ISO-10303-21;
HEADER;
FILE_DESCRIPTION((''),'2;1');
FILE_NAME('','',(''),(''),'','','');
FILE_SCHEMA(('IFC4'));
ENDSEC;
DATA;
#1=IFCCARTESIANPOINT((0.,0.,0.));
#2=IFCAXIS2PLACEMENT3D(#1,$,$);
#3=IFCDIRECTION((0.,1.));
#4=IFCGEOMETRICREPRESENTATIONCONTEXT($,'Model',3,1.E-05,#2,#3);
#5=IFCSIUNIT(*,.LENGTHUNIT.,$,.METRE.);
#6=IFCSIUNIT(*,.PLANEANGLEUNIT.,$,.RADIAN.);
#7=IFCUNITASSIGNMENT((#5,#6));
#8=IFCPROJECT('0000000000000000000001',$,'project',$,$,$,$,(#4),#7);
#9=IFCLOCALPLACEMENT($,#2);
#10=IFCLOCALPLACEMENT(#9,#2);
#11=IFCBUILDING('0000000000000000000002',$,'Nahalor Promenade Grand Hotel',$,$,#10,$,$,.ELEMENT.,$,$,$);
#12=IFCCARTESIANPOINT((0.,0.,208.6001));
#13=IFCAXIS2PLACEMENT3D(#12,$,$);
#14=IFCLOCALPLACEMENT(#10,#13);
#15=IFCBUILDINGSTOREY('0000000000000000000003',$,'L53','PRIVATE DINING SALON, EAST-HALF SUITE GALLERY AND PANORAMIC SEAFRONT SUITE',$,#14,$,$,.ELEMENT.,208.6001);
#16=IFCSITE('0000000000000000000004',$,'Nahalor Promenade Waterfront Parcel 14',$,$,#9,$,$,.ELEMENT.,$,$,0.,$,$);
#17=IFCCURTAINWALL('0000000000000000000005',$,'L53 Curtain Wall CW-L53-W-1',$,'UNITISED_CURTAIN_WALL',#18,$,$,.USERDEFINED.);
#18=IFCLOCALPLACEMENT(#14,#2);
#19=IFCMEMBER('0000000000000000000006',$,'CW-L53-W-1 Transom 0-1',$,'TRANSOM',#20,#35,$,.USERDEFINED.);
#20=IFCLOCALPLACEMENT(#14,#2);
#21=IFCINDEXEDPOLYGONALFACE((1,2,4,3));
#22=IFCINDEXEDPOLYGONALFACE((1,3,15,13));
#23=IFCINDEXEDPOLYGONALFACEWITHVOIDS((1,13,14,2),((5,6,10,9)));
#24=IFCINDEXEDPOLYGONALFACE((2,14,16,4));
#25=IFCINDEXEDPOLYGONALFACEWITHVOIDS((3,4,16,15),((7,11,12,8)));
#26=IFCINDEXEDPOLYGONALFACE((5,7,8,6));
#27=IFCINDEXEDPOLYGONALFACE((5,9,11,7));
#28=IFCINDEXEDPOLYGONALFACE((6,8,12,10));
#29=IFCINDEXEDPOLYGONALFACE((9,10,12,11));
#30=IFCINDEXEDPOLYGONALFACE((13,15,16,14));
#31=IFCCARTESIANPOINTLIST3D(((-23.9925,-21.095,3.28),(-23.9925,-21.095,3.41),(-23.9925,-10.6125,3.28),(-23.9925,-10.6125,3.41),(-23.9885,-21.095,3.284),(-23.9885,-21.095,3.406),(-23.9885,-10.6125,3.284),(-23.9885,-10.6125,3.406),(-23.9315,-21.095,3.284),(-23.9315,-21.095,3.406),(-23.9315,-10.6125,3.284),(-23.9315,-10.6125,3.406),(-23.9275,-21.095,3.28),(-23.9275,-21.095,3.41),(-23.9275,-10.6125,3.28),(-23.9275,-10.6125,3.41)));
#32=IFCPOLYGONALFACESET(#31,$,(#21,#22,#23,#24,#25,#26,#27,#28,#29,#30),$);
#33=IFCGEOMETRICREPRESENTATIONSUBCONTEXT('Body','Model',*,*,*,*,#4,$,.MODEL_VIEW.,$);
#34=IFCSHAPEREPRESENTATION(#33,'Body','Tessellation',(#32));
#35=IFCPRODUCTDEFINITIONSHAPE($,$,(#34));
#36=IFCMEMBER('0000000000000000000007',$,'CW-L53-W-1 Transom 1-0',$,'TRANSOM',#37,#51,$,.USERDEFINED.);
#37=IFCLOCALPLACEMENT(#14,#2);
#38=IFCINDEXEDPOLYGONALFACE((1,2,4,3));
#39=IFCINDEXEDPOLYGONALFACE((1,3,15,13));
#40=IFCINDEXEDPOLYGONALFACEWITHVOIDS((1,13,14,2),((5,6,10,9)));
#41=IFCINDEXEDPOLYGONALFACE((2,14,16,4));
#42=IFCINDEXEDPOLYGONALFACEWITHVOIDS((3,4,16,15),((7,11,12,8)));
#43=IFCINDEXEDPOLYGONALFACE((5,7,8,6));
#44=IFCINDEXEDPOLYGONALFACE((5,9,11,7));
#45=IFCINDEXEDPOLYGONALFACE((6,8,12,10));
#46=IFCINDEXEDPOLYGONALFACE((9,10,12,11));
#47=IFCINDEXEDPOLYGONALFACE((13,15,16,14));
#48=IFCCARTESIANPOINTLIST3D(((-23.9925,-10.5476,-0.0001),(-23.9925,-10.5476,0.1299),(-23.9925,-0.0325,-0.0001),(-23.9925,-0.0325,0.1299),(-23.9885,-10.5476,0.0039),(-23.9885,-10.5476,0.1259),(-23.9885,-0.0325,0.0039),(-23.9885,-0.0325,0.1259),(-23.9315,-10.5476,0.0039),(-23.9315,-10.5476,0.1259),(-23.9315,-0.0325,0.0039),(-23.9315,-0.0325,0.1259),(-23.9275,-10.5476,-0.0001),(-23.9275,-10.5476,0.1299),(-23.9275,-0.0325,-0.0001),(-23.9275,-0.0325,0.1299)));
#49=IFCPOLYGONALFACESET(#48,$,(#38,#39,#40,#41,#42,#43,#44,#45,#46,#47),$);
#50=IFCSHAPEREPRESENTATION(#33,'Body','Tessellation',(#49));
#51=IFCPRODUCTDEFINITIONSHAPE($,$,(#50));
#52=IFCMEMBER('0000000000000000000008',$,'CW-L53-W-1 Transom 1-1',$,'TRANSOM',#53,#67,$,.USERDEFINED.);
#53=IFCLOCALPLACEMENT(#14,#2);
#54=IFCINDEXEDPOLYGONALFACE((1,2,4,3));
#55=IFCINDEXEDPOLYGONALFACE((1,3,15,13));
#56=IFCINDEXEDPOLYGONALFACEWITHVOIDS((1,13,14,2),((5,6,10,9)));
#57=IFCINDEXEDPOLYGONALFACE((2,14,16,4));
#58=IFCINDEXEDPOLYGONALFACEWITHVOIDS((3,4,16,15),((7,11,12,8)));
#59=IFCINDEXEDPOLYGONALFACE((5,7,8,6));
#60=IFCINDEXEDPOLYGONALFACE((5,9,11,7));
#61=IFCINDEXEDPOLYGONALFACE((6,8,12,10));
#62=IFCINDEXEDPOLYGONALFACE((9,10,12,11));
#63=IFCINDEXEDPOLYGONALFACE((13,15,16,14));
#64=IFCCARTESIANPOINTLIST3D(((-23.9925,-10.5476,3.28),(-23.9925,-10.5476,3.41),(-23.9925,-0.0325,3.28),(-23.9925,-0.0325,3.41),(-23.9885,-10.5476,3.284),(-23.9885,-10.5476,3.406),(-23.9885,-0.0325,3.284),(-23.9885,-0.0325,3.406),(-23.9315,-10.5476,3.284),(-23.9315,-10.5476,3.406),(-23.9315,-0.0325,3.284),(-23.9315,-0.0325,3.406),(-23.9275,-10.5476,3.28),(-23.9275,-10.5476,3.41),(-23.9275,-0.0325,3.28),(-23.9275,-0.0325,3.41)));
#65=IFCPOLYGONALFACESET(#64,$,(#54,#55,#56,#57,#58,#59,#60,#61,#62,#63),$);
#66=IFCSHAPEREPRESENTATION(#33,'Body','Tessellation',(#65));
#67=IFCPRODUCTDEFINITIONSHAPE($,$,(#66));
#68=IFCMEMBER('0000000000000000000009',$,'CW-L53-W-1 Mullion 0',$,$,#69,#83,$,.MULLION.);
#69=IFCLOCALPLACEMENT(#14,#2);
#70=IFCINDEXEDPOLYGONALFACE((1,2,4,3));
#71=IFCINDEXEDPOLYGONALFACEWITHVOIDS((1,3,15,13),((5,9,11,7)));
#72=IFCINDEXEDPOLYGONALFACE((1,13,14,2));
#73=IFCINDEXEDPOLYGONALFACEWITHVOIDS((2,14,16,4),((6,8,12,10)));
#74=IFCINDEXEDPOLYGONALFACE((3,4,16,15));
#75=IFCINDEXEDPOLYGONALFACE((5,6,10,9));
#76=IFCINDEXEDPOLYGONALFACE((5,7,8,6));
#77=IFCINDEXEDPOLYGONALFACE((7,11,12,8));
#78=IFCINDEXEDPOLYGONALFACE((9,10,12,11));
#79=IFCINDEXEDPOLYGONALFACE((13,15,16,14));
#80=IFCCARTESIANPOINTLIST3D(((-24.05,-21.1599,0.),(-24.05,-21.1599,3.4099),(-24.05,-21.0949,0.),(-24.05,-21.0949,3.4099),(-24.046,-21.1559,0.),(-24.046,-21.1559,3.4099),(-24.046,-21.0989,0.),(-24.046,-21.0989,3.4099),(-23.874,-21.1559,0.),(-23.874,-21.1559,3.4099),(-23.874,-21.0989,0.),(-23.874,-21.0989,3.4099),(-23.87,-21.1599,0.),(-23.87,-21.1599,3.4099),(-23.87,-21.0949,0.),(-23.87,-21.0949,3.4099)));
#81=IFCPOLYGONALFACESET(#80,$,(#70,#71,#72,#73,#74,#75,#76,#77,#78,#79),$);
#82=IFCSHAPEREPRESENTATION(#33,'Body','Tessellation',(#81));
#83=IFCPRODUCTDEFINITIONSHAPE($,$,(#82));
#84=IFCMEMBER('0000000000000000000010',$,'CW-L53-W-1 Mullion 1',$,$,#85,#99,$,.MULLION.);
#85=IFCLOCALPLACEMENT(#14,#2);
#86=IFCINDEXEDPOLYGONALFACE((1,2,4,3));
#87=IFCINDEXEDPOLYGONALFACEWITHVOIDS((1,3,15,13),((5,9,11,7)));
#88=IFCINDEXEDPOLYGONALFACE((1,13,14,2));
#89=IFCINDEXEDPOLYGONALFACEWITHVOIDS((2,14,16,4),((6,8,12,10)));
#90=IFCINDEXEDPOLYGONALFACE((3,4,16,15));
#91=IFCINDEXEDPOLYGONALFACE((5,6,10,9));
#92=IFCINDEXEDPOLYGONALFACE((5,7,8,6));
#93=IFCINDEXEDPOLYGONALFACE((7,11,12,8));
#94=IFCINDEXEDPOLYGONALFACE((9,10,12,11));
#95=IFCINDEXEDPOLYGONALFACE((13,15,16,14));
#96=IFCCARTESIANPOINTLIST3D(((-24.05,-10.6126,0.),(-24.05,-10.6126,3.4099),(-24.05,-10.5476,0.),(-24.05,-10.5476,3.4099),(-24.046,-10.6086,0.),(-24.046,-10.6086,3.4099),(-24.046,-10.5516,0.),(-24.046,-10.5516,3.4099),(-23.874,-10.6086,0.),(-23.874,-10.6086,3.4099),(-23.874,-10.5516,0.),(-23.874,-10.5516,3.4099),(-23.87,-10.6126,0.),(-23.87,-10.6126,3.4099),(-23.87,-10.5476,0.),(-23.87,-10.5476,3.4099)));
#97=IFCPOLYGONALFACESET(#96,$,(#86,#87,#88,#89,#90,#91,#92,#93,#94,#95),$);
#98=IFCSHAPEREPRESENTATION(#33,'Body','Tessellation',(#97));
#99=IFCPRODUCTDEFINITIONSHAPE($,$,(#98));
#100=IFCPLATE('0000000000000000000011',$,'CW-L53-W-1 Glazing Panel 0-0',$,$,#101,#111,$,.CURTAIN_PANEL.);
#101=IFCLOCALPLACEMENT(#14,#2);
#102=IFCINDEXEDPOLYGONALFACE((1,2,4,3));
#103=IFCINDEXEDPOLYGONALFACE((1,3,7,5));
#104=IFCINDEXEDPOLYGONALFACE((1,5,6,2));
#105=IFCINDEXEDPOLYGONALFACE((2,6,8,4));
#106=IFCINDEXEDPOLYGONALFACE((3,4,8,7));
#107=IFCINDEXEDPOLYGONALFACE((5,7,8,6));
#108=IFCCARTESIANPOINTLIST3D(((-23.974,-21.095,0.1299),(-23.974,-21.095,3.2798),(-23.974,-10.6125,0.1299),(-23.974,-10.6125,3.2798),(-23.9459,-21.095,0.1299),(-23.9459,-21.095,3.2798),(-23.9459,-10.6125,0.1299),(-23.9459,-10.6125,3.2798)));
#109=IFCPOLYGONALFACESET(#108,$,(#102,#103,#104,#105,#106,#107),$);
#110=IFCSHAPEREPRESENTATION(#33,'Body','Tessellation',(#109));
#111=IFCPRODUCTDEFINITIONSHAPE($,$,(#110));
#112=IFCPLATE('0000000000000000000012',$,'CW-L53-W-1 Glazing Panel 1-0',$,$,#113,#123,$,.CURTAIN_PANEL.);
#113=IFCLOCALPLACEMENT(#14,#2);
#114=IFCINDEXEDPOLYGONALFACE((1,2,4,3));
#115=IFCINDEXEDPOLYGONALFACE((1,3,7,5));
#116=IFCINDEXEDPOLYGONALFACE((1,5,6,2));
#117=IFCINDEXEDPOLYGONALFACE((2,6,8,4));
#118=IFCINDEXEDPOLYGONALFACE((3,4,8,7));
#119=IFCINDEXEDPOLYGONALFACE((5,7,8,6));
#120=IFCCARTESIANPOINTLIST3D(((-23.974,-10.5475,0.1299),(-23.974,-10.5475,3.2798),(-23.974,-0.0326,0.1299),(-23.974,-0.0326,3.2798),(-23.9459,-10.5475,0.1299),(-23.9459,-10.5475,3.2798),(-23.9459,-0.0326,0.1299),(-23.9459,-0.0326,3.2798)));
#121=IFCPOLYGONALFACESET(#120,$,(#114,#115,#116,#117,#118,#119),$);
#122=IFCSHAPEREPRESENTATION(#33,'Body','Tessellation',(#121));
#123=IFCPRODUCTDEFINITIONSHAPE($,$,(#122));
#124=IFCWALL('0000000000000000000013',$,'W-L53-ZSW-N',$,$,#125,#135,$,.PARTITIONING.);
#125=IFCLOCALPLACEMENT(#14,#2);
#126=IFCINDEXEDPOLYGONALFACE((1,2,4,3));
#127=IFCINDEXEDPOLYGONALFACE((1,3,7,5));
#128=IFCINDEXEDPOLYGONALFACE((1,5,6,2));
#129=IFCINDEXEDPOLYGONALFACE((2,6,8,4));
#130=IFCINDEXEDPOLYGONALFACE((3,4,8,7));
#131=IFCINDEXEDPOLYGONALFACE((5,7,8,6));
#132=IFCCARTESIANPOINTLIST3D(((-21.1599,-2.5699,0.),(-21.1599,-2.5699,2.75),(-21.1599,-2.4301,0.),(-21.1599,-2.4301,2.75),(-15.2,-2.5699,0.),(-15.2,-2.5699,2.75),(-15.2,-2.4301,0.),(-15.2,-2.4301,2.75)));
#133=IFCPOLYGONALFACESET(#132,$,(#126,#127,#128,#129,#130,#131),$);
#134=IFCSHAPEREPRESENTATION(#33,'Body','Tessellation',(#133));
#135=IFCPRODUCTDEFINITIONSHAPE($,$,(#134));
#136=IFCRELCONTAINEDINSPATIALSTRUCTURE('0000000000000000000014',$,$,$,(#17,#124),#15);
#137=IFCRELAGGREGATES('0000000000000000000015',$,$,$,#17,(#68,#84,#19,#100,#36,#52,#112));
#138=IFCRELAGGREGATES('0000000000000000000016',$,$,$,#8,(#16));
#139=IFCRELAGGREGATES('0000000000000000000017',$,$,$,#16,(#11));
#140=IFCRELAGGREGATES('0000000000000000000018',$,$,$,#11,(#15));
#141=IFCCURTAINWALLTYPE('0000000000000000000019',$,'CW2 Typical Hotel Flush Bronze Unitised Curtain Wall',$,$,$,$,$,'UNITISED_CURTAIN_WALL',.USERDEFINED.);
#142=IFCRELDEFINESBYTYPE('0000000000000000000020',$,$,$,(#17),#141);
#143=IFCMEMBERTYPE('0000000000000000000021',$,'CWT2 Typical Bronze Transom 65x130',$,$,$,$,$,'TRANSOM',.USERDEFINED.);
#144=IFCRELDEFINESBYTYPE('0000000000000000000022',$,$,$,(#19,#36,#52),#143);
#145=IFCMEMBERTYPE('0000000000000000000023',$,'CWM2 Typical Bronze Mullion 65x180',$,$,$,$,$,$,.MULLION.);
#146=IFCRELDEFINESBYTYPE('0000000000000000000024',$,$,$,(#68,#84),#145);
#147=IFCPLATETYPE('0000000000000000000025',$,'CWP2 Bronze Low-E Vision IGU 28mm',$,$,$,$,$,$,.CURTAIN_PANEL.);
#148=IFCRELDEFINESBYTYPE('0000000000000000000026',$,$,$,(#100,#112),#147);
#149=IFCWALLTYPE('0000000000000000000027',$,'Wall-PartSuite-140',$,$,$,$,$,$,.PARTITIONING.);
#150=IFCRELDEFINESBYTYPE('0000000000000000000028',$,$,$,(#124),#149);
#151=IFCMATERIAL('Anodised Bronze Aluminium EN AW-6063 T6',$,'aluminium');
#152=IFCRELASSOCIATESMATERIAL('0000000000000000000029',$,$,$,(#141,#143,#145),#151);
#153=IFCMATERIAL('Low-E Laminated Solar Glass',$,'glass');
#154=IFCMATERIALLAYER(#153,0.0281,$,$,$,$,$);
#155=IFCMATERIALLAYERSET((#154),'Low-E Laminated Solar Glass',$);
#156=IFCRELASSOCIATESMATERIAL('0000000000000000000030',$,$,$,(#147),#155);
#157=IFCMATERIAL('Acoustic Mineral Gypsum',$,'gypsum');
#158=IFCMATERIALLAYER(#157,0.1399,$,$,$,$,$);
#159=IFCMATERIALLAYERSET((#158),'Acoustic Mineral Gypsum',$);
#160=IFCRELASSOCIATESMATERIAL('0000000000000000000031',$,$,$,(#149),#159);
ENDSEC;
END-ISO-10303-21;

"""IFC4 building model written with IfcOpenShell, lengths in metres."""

from ifc_helpers import new_model, si_unit, direction, frame, frame_2d, origin, origin_2d, place, context, subcontext, project, spatial, rectangle, hollow_rectangle, extrude, source, transform, mapped, material, layer, layer_set, material_profile, profile_set, type_object, element, aggregate, save


model = new_model("IFC4")

# Units and contexts
model_context = context("Model", 3, precision=1e-05, world=origin(), true_north=direction((0.0, 1.0)))
body_context = subcontext(model_context, "Body", "Model", "MODEL_VIEW")
ifc_project = project(units=[si_unit("LENGTHUNIT", "METRE"), si_unit("PLANEANGLEUNIT", "RADIAN")], contexts=[model_context])

# Site, building, storey
site_placement = place(None, origin())
site = spatial("IfcSite", under=ifc_project, at=site_placement, Name="Nahalor Promenade Waterfront Parcel 14", CompositionType="ELEMENT", RefElevation=0.0)
building_placement = place(site_placement, origin())
building = spatial("IfcBuilding", under=site, at=building_placement, Name="Nahalor Promenade Grand Hotel", CompositionType="ELEMENT")
storey_placement = place(building_placement, frame((0.0, 0.0, 208.6001)))
storey = spatial("IfcBuildingStorey", under=building, at=storey_placement, Name="L53", Description="PRIVATE DINING SALON, EAST-HALF SUITE GALLERY AND PANORAMIC SEAFRONT SUITE", CompositionType="ELEMENT", Elevation=208.6001)

# Curtain wall, members, plates
ifc_material_1 = material(Name="Anodised Bronze Aluminium EN AW-6063 T6", Category="aluminium")
curtain_wall_type = type_object("IfcCurtainWallType", Name="CW2 Typical Hotel Flush Bronze Unitised Curtain Wall", ElementType="UNITISED_CURTAIN_WALL", PredefinedType="USERDEFINED", material=ifc_material_1)
curtain_wall_placement = place(storey_placement, origin())
curtain_wall = element("IfcCurtainWall", 1, at=curtain_wall_placement, inside=storey, type_object=curtain_wall_type, Name="L53 Curtain Wall CW-L53-W-1", ObjectType="UNITISED_CURTAIN_WALL", PredefinedType="USERDEFINED")
ifc_material_profile_1 = material_profile(ifc_material_1, hollow_rectangle(XDim=0.065, YDim=0.13, WallThickness=0.004, at=origin_2d()), Name="CWT 65x130x4")
ifc_profile_set_1 = profile_set([ifc_material_profile_1], Name="Anodised Bronze Aluminium EN AW-6063 T6")
member_type_1 = type_object("IfcMemberType", Name="CWT2 Typical Bronze Transom 65x130", ElementType="TRANSOM", PredefinedType="USERDEFINED", material=ifc_profile_set_1)
shared_shape_1 = source(origin(), body_context, "Body", "SweptSolid", [
    extrude(hollow_rectangle(XDim=0.065, YDim=0.13, WallThickness=0.004, at=origin_2d()), origin(), (0.0, 0.0, 1.0), 10.4824),
])
member_1_placement = place(storey_placement, frame((-23.96, -21.095, 3.345), z_axis=(0.0, 1.0, 0.0), x_axis=(-1.0, 0.0, 0.0)))
member_1 = element("IfcMember", 2, at=member_1_placement, type_object=member_type_1, Name="CW-L53-W-1 Transom 0-1", ObjectType="TRANSOM", PredefinedType="USERDEFINED", context=body_context, shape_type="MappedRepresentation", body=[
    mapped(shared_shape_1, transform((0.0, 0.0, 0.0), scale=1.0)),
])
shared_shape_2 = source(origin(), body_context, "Body", "SweptSolid", [
    extrude(hollow_rectangle(XDim=0.065, YDim=0.13, WallThickness=0.004, at=origin_2d()), origin(), (0.0, 0.0, 1.0), 10.5151),
])
member_2_placement = place(storey_placement, frame((-23.96, -10.5476, 0.0649), z_axis=(0.0, 1.0, 0.0), x_axis=(-1.0, 0.0, 0.0)))
member_2 = element("IfcMember", 3, at=member_2_placement, type_object=member_type_1, Name="CW-L53-W-1 Transom 1-0", ObjectType="TRANSOM", PredefinedType="USERDEFINED", context=body_context, shape_type="MappedRepresentation", body=[
    mapped(shared_shape_2, transform((0.0, 0.0, 0.0), scale=1.0)),
])
member_3_placement = place(storey_placement, frame((-23.96, -10.5476, 3.345), z_axis=(0.0, 1.0, 0.0), x_axis=(-1.0, 0.0, 0.0)))
member_3 = element("IfcMember", 4, at=member_3_placement, type_object=member_type_1, Name="CW-L53-W-1 Transom 1-1", ObjectType="TRANSOM", PredefinedType="USERDEFINED", context=body_context, shape_type="MappedRepresentation", body=[
    mapped(shared_shape_2, transform((0.0, 0.0, 0.0), scale=1.0)),
])
ifc_material_profile_2 = material_profile(ifc_material_1, hollow_rectangle(XDim=0.065, YDim=0.18, WallThickness=0.004, at=origin_2d()), Name="CWM 65x180x4")
ifc_profile_set_2 = profile_set([ifc_material_profile_2], Name="Anodised Bronze Aluminium EN AW-6063 T6")
member_type_2 = type_object("IfcMemberType", Name="CWM2 Typical Bronze Mullion 65x180", PredefinedType="MULLION", material=ifc_profile_set_2)
shared_shape_3 = source(origin(), body_context, "Body", "SweptSolid", [
    extrude(hollow_rectangle(XDim=0.065, YDim=0.18, WallThickness=0.004, at=origin_2d()), origin(), (0.0, 0.0, 1.0), 3.4099),
])
member_4_placement = place(storey_placement, frame((-23.96, -21.1274, 0.0), z_axis=(0.0, 0.0, 1.0), x_axis=(0.0, 1.0, 0.0)))
member_4 = element("IfcMember", 5, at=member_4_placement, type_object=member_type_2, Name="CW-L53-W-1 Mullion 0", PredefinedType="MULLION", context=body_context, shape_type="MappedRepresentation", body=[
    mapped(shared_shape_3, transform((0.0, 0.0, 0.0), scale=1.0)),
])
member_5_placement = place(storey_placement, frame((-23.96, -10.5801, 0.0), z_axis=(0.0, 0.0, 1.0), x_axis=(0.0, 1.0, 0.0)))
member_5 = element("IfcMember", 6, at=member_5_placement, type_object=member_type_2, Name="CW-L53-W-1 Mullion 1", PredefinedType="MULLION", context=body_context, shape_type="MappedRepresentation", body=[
    mapped(shared_shape_3, transform((0.0, 0.0, 0.0), scale=1.0)),
])
ifc_material_2 = material(Name="Low-E Laminated Solar Glass", Category="glass")
ifc_layer_1 = layer(ifc_material_2, 0.0281)
ifc_layer_set_1 = layer_set([ifc_layer_1], Name="Low-E Laminated Solar Glass")
plate_type = type_object("IfcPlateType", Name="CWP2 Bronze Low-E Vision IGU 28mm", PredefinedType="CURTAIN_PANEL", material=ifc_layer_set_1)
shared_shape_4 = source(origin(), body_context, "Body", "SweptSolid", [
    extrude(rectangle(XDim=10.4824, YDim=0.0281, at=origin_2d()), origin(), (0.0, 0.0, 1.0), 3.1499),
])
plate_1_placement = place(storey_placement, frame((-23.96, -15.8538, 0.1299), z_axis=(0.0, 0.0, 1.0), x_axis=(0.0, 1.0, 0.0)))
plate_1 = element("IfcPlate", 7, at=plate_1_placement, type_object=plate_type, Name="CW-L53-W-1 Glazing Panel 0-0", PredefinedType="CURTAIN_PANEL", context=body_context, shape_type="MappedRepresentation", body=[
    mapped(shared_shape_4, transform((0.0, 0.0, 0.0), scale=1.0)),
])
shared_shape_5 = source(origin(), body_context, "Body", "SweptSolid", [
    extrude(rectangle(XDim=10.5149, YDim=0.0281, at=origin_2d()), origin(), (0.0, 0.0, 1.0), 3.1499),
])
plate_2_placement = place(storey_placement, frame((-23.96, -5.29, 0.1299), z_axis=(0.0, 0.0, 1.0), x_axis=(0.0, 1.0, 0.0)))
plate_2 = element("IfcPlate", 8, at=plate_2_placement, type_object=plate_type, Name="CW-L53-W-1 Glazing Panel 1-0", PredefinedType="CURTAIN_PANEL", context=body_context, shape_type="MappedRepresentation", body=[
    mapped(shared_shape_5, transform((0.0, 0.0, 0.0), scale=1.0)),
])
aggregate(curtain_wall, [member_4, member_5, member_1, plate_1, member_2, member_3, plate_2])

# Wall
ifc_material_3 = material(Name="Acoustic Mineral Gypsum", Category="gypsum")
ifc_layer_2 = layer(ifc_material_3, 0.1399)
ifc_layer_set_2 = layer_set([ifc_layer_2], Name="Acoustic Mineral Gypsum")
wall_type_1 = type_object("IfcWallType", Name="Wall-PartSuite-140", PredefinedType="PARTITIONING", material=ifc_layer_set_2)
shared_shape_6 = source(origin(), body_context, "Body", "SweptSolid", [
    extrude(rectangle(XDim=5.96, YDim=0.1399, at=frame_2d((2.98, 0.0))), origin(), (0.0, 0.0, 1.0), 2.75),
])
wall_1_placement = place(storey_placement, frame((-21.1599, -2.5, 0.0), z_axis=(0.0, 0.0, 1.0), x_axis=(1.0, 0.0, 0.0)))
element("IfcWall", 9, at=wall_1_placement, inside=storey, type_object=wall_type_1, Name="W-L53-ZSW-N", PredefinedType="PARTITIONING", context=body_context, shape_type="MappedRepresentation", body=[
    mapped(shared_shape_6, transform((0.0, 0.0, 0.0), scale=1.0)),
])

save(model, "model.ifc")
